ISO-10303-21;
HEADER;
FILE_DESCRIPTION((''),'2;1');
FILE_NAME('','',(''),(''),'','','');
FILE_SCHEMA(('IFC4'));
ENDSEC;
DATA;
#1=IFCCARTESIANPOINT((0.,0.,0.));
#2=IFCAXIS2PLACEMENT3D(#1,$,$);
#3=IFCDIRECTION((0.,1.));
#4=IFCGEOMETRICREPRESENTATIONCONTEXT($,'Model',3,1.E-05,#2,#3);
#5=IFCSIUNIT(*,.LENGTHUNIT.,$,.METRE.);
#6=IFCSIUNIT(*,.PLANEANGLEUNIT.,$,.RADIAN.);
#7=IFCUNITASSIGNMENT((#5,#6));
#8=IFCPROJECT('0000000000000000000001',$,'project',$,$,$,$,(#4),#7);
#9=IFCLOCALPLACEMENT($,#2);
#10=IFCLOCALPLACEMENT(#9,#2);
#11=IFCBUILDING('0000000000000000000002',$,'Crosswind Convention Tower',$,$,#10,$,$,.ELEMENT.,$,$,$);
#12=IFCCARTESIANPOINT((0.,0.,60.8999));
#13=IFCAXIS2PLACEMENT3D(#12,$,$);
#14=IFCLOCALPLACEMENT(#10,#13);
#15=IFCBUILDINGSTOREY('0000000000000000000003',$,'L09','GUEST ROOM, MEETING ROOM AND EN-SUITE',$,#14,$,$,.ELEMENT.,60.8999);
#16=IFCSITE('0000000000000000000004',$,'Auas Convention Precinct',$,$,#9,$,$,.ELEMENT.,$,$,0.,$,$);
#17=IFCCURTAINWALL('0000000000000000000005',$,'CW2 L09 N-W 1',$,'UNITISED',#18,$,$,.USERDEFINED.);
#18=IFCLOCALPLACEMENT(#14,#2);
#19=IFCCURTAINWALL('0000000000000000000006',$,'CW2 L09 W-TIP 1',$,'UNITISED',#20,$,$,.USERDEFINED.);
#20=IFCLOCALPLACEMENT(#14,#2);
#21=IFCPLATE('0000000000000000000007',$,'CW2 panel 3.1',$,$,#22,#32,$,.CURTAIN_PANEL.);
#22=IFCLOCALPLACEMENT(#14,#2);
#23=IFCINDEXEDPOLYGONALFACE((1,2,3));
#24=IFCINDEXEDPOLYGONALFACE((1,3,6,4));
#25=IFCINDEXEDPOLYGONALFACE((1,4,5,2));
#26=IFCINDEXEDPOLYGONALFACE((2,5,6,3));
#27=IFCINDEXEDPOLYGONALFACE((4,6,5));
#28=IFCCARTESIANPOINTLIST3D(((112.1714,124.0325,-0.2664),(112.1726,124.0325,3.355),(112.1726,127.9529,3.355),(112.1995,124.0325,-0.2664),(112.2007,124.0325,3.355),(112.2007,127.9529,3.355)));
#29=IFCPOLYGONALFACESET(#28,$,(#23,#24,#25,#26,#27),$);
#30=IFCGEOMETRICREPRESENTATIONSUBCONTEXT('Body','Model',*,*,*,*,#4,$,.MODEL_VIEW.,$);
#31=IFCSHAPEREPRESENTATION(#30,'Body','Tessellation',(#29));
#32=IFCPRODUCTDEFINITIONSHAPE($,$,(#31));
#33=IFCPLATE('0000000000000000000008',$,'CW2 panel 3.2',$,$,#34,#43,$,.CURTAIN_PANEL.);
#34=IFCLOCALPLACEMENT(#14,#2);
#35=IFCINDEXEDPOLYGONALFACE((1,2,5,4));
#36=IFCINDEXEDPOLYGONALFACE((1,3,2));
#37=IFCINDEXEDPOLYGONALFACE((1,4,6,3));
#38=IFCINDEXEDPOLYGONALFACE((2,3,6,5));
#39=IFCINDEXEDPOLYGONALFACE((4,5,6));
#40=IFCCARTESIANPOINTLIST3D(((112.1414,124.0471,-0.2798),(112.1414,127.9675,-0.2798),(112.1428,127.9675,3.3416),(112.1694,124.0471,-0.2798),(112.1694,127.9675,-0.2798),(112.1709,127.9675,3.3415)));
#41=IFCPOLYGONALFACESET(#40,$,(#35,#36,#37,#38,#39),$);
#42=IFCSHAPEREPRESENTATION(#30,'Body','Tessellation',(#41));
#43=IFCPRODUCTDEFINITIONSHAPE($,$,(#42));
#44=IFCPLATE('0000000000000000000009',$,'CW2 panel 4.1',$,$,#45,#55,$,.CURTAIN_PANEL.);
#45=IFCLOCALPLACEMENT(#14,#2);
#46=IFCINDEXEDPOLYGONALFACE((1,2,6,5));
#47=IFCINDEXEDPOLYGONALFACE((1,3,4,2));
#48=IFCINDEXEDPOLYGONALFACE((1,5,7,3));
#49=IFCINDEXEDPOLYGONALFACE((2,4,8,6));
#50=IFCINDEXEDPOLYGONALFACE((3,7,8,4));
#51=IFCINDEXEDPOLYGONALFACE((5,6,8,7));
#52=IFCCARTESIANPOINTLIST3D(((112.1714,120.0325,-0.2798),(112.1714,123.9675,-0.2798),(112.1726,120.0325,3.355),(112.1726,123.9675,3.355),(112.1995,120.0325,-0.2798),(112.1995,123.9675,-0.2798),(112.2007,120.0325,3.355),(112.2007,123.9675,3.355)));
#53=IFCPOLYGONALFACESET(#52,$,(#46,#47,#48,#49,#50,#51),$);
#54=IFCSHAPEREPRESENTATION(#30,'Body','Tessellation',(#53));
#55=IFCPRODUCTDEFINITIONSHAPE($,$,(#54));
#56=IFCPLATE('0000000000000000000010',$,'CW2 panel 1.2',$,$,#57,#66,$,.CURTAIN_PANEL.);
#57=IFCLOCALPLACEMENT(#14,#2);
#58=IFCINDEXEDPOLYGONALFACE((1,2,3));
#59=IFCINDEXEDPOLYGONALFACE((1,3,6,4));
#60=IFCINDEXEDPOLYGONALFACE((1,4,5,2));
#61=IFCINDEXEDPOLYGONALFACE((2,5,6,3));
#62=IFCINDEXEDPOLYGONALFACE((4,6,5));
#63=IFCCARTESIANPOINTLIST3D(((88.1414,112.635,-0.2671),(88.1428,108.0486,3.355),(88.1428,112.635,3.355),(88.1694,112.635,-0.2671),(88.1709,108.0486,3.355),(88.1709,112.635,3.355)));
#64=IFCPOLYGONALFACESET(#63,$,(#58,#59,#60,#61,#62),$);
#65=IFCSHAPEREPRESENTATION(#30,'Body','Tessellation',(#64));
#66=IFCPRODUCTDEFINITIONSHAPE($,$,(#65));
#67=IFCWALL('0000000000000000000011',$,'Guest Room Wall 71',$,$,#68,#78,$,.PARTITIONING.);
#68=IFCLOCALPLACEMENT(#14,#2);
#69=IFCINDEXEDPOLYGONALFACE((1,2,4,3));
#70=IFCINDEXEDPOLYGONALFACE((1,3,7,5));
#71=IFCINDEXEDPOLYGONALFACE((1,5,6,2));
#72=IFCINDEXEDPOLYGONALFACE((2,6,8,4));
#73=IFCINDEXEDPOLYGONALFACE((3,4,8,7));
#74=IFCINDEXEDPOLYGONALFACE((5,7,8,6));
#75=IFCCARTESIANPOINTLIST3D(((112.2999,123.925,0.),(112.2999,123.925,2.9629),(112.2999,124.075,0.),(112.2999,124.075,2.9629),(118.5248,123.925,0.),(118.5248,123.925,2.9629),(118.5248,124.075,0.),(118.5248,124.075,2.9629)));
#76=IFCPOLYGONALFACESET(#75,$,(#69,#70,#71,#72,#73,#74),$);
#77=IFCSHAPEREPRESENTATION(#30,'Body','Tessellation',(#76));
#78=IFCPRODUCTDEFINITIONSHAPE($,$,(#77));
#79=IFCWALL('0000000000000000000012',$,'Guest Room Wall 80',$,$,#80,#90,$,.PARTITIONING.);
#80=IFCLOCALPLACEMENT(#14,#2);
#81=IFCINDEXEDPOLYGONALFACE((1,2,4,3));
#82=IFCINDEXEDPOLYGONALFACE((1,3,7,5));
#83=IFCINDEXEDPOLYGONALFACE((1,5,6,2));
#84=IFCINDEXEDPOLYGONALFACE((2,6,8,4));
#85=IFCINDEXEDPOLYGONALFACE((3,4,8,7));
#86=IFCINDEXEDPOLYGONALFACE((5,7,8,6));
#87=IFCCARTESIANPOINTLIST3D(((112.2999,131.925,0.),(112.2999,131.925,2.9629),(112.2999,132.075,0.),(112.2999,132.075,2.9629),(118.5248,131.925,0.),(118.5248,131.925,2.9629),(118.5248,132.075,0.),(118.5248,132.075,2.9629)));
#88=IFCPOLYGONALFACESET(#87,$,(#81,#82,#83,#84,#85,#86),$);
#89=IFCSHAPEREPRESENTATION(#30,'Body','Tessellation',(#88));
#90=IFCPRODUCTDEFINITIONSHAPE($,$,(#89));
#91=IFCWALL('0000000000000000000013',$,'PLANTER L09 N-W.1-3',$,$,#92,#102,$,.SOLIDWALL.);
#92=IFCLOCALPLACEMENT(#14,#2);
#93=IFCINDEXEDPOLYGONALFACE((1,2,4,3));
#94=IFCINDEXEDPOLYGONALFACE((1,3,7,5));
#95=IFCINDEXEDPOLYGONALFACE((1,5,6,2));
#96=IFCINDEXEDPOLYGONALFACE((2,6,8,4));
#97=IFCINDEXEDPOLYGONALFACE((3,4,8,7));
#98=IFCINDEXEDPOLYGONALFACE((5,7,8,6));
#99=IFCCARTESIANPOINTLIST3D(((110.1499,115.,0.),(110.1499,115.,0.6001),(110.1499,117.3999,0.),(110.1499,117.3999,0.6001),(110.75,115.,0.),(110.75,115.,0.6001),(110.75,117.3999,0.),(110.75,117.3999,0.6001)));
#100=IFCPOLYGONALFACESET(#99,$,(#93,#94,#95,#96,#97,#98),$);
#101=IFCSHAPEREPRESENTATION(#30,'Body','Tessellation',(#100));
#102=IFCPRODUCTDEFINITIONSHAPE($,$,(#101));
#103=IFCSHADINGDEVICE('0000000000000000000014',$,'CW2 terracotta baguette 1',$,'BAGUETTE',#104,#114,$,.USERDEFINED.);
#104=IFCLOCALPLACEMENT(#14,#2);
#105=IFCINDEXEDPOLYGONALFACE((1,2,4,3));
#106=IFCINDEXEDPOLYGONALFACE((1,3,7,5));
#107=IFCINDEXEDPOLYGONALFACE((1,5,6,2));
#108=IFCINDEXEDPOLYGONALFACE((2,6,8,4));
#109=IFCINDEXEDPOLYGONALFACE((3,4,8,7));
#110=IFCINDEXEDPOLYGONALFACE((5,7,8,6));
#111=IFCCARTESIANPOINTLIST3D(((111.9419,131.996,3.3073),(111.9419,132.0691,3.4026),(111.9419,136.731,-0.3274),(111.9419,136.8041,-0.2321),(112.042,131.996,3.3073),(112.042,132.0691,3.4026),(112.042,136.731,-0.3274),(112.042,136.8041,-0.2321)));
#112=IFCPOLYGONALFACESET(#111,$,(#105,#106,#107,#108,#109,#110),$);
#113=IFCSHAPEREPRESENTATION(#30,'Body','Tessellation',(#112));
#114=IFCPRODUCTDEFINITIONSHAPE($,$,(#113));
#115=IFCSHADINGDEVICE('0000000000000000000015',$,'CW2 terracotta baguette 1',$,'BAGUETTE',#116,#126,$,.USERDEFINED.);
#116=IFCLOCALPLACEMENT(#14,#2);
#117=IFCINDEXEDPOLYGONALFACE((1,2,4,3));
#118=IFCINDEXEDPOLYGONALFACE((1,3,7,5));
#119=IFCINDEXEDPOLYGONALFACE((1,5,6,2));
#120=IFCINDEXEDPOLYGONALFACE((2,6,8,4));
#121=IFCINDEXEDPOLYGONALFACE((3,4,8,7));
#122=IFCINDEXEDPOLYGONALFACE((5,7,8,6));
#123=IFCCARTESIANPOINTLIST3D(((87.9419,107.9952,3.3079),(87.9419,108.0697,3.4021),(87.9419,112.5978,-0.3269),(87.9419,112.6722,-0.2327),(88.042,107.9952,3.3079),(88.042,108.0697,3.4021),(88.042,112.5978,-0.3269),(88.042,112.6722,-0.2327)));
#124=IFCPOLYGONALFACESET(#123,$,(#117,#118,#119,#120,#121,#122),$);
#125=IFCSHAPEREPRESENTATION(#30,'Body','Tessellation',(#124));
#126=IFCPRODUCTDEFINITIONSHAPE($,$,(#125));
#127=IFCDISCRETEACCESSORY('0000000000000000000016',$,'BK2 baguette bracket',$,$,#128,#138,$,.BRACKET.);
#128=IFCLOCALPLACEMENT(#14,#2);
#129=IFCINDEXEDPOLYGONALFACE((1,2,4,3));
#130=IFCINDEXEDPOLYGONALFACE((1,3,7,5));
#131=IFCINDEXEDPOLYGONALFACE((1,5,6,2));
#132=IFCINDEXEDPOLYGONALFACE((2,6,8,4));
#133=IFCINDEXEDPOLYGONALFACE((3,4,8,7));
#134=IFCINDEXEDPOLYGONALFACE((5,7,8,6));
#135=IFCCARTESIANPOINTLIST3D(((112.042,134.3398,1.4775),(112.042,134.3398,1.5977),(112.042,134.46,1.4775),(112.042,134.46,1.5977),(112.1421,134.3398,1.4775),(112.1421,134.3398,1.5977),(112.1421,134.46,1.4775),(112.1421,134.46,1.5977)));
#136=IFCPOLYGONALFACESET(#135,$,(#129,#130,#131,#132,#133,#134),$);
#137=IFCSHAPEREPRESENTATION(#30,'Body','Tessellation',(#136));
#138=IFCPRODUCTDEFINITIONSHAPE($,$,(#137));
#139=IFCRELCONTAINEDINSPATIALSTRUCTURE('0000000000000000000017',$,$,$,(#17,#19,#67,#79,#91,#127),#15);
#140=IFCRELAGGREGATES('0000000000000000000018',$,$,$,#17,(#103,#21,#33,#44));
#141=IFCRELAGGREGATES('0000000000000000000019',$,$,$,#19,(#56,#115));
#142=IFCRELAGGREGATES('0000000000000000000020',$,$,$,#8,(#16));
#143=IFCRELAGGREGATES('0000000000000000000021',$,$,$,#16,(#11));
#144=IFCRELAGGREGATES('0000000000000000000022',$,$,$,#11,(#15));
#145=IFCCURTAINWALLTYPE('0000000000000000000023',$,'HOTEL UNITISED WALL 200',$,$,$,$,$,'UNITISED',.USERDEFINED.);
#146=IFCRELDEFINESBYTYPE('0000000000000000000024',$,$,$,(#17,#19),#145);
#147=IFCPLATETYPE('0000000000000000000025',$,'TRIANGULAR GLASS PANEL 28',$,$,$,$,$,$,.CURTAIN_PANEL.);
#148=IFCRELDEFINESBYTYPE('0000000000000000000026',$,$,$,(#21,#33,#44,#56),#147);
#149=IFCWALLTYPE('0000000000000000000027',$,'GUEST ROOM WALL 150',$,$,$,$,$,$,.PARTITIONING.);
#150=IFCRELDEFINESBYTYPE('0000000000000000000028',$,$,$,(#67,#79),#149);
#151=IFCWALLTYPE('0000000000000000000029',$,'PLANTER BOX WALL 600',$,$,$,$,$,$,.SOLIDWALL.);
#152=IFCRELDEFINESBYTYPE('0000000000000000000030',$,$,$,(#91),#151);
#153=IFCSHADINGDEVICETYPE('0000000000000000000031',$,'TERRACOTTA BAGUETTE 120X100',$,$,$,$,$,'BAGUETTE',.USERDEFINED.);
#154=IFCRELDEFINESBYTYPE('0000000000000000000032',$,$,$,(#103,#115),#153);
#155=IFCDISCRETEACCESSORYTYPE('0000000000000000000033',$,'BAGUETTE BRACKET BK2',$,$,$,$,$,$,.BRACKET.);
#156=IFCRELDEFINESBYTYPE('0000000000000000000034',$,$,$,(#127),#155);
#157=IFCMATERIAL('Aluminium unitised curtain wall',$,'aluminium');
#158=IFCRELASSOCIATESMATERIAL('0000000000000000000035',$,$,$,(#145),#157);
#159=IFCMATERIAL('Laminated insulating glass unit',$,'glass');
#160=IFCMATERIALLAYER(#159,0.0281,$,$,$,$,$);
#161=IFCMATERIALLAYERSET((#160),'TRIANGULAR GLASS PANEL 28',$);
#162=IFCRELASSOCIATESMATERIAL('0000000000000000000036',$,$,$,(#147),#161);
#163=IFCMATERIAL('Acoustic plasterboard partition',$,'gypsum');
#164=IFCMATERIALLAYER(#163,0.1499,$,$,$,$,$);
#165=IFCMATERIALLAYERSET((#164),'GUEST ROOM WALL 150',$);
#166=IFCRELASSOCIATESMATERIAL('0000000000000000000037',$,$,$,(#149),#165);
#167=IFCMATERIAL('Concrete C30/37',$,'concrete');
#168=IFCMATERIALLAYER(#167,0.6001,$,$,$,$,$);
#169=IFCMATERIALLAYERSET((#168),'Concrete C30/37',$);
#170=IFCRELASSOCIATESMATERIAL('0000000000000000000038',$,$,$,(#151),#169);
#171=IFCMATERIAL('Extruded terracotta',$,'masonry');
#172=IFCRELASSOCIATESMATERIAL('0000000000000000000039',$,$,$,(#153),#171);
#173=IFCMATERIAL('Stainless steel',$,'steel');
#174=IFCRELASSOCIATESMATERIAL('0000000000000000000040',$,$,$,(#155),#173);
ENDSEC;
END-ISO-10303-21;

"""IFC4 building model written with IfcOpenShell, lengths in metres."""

from ifc_helpers import new_model, si_unit, direction, frame, frame_2d, origin, origin_2d, place, context, subcontext, project, spatial, polyline, rectangle, outline, extrude, material, layer, layer_set, material_profile, profile_set, type_object, element, aggregate, save


model = new_model("IFC4")

# Units and contexts
model_context = context("Model", 3, precision=1e-05, world=origin(), true_north=direction((0.0, 1.0)))
body_context = subcontext(model_context, "Body", "Model", "MODEL_VIEW")
ifc_project = project(units=[si_unit("LENGTHUNIT", "METRE"), si_unit("PLANEANGLEUNIT", "RADIAN")], contexts=[model_context])

# Site, building, storey
site_placement = place(None, origin())
site = spatial("IfcSite", under=ifc_project, at=site_placement, Name="Auas Convention Precinct", CompositionType="ELEMENT", RefElevation=0.0)
building_placement = place(site_placement, origin())
building = spatial("IfcBuilding", under=site, at=building_placement, Name="Crosswind Convention Tower", CompositionType="ELEMENT")
storey_placement = place(building_placement, frame((0.0, 0.0, 60.8999)))
storey = spatial("IfcBuildingStorey", under=building, at=storey_placement, Name="L09", Description="GUEST ROOM, MEETING ROOM AND EN-SUITE", CompositionType="ELEMENT", Elevation=60.8999)

# Shared definitions
ifc_material_1 = material(Name="Aluminium unitised curtain wall", Category="aluminium")

# Shared definitions
curtain_wall_type_1 = type_object("IfcCurtainWallType", Name="HOTEL UNITISED WALL 200", ElementType="UNITISED", PredefinedType="USERDEFINED", material=ifc_material_1)

# Curtain wall
curtain_wall_1_placement = place(storey_placement, origin())
curtain_wall_1 = element("IfcCurtainWall", 1, at=curtain_wall_1_placement, inside=storey, type_object=curtain_wall_type_1, Name="CW2 L09 N-W 1", ObjectType="UNITISED", PredefinedType="USERDEFINED")

# Curtain wall
curtain_wall_2_placement = place(storey_placement, origin())
curtain_wall_2 = element("IfcCurtainWall", 2, at=curtain_wall_2_placement, inside=storey, type_object=curtain_wall_type_1, Name="CW2 L09 W-TIP 1", ObjectType="UNITISED", PredefinedType="USERDEFINED")

# Plates
ifc_material_2 = material(Name="Laminated insulating glass unit", Category="glass")
ifc_layer_1 = layer(ifc_material_2, 0.0281)
ifc_layer_set_1 = layer_set([ifc_layer_1], Name="TRIANGULAR GLASS PANEL 28")
plate_type_1 = type_object("IfcPlateType", Name="TRIANGULAR GLASS PANEL 28", PredefinedType="CURTAIN_PANEL", material=ifc_layer_set_1)
plate_1_placement = place(storey_placement, frame((112.1726, 124.0325, 3.355), z_axis=(-1.0, 0.0, 0.000337), x_axis=(0.0, 1.0, 0.0)))
plate_1 = element("IfcPlate", 3, at=plate_1_placement, type_object=plate_type_1, Name="CW2 panel 3.1", PredefinedType="CURTAIN_PANEL", context=body_context, shape_type="SweptSolid", body=[
    extrude(outline(polyline([(0.0, 0.0), (3.9204, 0.0), (0.0, 3.6213), (0.0, 0.0)])), origin(), (0.0, 0.0, -1.0), 0.0281),
])
plate_2_placement = place(storey_placement, frame((112.1414, 127.9675, -0.2798), z_axis=(-1.0, 0.0, 0.000405), x_axis=(0.0, -1.0, 0.0)))
plate_2 = element("IfcPlate", 4, at=plate_2_placement, type_object=plate_type_1, Name="CW2 panel 3.2", PredefinedType="CURTAIN_PANEL", context=body_context, shape_type="SweptSolid", body=[
    extrude(outline(polyline([(0.0, 0.0), (3.9204, 0.0), (0.0, 3.6213), (0.0, 0.0)])), origin(), (0.0, 0.0, -1.0), 0.0281),
])
plate_3_placement = place(storey_placement, frame((112.1714, 123.9675, -0.2798), z_axis=(-1.0, 0.0, 0.000336), x_axis=(0.0, -1.0, 0.0)))
plate_3 = element("IfcPlate", 5, at=plate_3_placement, type_object=plate_type_1, Name="CW2 panel 4.1", PredefinedType="CURTAIN_PANEL", context=body_context, shape_type="SweptSolid", body=[
    extrude(outline(polyline([(0.0, 0.0), (3.9351, 0.0), (3.9351, 3.6348), (0.0, 3.6348), (0.0, 0.0)])), origin(), (0.0, 0.0, -1.0), 0.0281),
])
plate_4_placement = place(storey_placement, frame((88.1428, 112.635, 3.355), z_axis=(-1.0, 0.0, 0.000404), x_axis=(-0.000404, 0.0, -1.0)))
plate_4 = element("IfcPlate", 6, at=plate_4_placement, type_object=plate_type_1, Name="CW2 panel 1.2", PredefinedType="CURTAIN_PANEL", context=body_context, shape_type="SweptSolid", body=[
    extrude(outline(polyline([(0.0, 0.0), (3.6221, 0.0), (0.0, 4.5864), (0.0, 0.0)])), origin(), (0.0, 0.0, -1.0), 0.0281),
])

# Walls
ifc_material_3 = material(Name="Acoustic plasterboard partition", Category="gypsum")
ifc_layer_2 = layer(ifc_material_3, 0.1499)
ifc_layer_set_2 = layer_set([ifc_layer_2], Name="GUEST ROOM WALL 150")
wall_type_1 = type_object("IfcWallType", Name="GUEST ROOM WALL 150", PredefinedType="PARTITIONING", material=ifc_layer_set_2)
for number, where, z_axis, x_axis, name in (
    (7, (112.3, 124.0, 0.0), (0.0, 0.0, 1.0), (1.0, 0.0, 0.0), "Guest Room Wall 71"),
    (8, (112.3, 132.0, 0.0), (0.0, 0.0, 1.0), (1.0, 0.0, 0.0), "Guest Room Wall 80"),
):
    element("IfcWall", number, at=place(storey_placement, frame(where, z_axis=z_axis, x_axis=x_axis)), inside=storey, type_object=wall_type_1, Name=name, PredefinedType="PARTITIONING", context=body_context, shape_type="SweptSolid", body=[
        extrude(rectangle(XDim=6.2249, YDim=0.1499, at=frame_2d((3.1123, 0.0))), origin(), (0.0, 0.0, 1.0), 2.9629),
    ])
ifc_material_4 = material(Name="Concrete C30/37", Category="concrete")
ifc_layer_3 = layer(ifc_material_4, 0.6001)
ifc_layer_set_3 = layer_set([ifc_layer_3], Name="Concrete C30/37")
wall_type_2 = type_object("IfcWallType", Name="PLANTER BOX WALL 600", PredefinedType="SOLIDWALL", material=ifc_layer_set_3)
wall_1_placement = place(storey_placement, frame((110.45, 117.3999, 0.0), z_axis=(0.0, 0.0, 1.0), x_axis=(0.0, -1.0, 0.0)))
element("IfcWall", 9, at=wall_1_placement, inside=storey, type_object=wall_type_2, Name="PLANTER L09 N-W.1-3", PredefinedType="SOLIDWALL", context=body_context, shape_type="SweptSolid", body=[
    extrude(rectangle(XDim=2.3999, YDim=0.6001, at=frame_2d((1.2, 0.0))), origin(), (0.0, 0.0, 1.0), 0.6001),
])

# Shading devices
ifc_material_5 = material(Name="Extruded terracotta", Category="masonry")
ifc_material_profile_1 = material_profile(ifc_material_5, rectangle(XDim=0.1001, YDim=0.1201, at=origin_2d()), Name="TC 100X120")
ifc_profile_set_1 = profile_set([ifc_material_profile_1], Name="Extruded terracotta")
shading_device_type = type_object("IfcShadingDeviceType", Name="TERRACOTTA BAGUETTE 120X100", ElementType="BAGUETTE", PredefinedType="USERDEFINED", material=ifc_profile_set_1)
shading_device_1_placement = place(storey_placement, frame((111.9919, 136.7676, -0.2798), z_axis=(0.0, -0.793241, 0.608908), x_axis=(1.0, 0.0, 0.0)))
shading_device_1 = element("IfcShadingDevice", 10, at=shading_device_1_placement, type_object=shading_device_type, Name="CW2 terracotta baguette 1", ObjectType="BAGUETTE", PredefinedType="USERDEFINED", context=body_context, shape_type="SweptSolid", body=[
    extrude(rectangle(XDim=0.1001, YDim=0.1201, at=origin_2d()), origin(), (0.0, 0.0, 1.0), 5.9692),
])
aggregate(curtain_wall_1, [shading_device_1, plate_1, plate_2, plate_3])
shading_device_2_placement = place(storey_placement, frame((87.9919, 112.635, -0.2798), z_axis=(0.0, -0.784785, 0.619768), x_axis=(1.0, 0.0, 0.0)))
shading_device_2 = element("IfcShadingDevice", 11, at=shading_device_2_placement, type_object=shading_device_type, Name="CW2 terracotta baguette 1", ObjectType="BAGUETTE", PredefinedType="USERDEFINED", context=body_context, shape_type="SweptSolid", body=[
    extrude(rectangle(XDim=0.1001, YDim=0.1201, at=origin_2d()), origin(), (0.0, 0.0, 1.0), 5.8647),
])
aggregate(curtain_wall_2, [plate_4, shading_device_2])

# Discrete accessory
ifc_material_6 = material(Name="Stainless steel", Category="steel")
discrete_accessory_type = type_object("IfcDiscreteAccessoryType", Name="BAGUETTE BRACKET BK2", PredefinedType="BRACKET", material=ifc_material_6)
discrete_accessory_placement = place(storey_placement, frame((112.092, 134.3999, 1.4775), z_axis=(0.0, 0.0, 1.0), x_axis=(0.0, -1.0, 0.0)))
element("IfcDiscreteAccessory", 12, at=discrete_accessory_placement, inside=storey, type_object=discrete_accessory_type, Name="BK2 baguette bracket", PredefinedType="BRACKET", context=body_context, shape_type="SweptSolid", body=[
    extrude(rectangle(XDim=0.1201, YDim=0.1001, at=origin_2d()), origin(), (0.0, 0.0, 1.0), 0.1201),
])

save(model, "model.ifc")
